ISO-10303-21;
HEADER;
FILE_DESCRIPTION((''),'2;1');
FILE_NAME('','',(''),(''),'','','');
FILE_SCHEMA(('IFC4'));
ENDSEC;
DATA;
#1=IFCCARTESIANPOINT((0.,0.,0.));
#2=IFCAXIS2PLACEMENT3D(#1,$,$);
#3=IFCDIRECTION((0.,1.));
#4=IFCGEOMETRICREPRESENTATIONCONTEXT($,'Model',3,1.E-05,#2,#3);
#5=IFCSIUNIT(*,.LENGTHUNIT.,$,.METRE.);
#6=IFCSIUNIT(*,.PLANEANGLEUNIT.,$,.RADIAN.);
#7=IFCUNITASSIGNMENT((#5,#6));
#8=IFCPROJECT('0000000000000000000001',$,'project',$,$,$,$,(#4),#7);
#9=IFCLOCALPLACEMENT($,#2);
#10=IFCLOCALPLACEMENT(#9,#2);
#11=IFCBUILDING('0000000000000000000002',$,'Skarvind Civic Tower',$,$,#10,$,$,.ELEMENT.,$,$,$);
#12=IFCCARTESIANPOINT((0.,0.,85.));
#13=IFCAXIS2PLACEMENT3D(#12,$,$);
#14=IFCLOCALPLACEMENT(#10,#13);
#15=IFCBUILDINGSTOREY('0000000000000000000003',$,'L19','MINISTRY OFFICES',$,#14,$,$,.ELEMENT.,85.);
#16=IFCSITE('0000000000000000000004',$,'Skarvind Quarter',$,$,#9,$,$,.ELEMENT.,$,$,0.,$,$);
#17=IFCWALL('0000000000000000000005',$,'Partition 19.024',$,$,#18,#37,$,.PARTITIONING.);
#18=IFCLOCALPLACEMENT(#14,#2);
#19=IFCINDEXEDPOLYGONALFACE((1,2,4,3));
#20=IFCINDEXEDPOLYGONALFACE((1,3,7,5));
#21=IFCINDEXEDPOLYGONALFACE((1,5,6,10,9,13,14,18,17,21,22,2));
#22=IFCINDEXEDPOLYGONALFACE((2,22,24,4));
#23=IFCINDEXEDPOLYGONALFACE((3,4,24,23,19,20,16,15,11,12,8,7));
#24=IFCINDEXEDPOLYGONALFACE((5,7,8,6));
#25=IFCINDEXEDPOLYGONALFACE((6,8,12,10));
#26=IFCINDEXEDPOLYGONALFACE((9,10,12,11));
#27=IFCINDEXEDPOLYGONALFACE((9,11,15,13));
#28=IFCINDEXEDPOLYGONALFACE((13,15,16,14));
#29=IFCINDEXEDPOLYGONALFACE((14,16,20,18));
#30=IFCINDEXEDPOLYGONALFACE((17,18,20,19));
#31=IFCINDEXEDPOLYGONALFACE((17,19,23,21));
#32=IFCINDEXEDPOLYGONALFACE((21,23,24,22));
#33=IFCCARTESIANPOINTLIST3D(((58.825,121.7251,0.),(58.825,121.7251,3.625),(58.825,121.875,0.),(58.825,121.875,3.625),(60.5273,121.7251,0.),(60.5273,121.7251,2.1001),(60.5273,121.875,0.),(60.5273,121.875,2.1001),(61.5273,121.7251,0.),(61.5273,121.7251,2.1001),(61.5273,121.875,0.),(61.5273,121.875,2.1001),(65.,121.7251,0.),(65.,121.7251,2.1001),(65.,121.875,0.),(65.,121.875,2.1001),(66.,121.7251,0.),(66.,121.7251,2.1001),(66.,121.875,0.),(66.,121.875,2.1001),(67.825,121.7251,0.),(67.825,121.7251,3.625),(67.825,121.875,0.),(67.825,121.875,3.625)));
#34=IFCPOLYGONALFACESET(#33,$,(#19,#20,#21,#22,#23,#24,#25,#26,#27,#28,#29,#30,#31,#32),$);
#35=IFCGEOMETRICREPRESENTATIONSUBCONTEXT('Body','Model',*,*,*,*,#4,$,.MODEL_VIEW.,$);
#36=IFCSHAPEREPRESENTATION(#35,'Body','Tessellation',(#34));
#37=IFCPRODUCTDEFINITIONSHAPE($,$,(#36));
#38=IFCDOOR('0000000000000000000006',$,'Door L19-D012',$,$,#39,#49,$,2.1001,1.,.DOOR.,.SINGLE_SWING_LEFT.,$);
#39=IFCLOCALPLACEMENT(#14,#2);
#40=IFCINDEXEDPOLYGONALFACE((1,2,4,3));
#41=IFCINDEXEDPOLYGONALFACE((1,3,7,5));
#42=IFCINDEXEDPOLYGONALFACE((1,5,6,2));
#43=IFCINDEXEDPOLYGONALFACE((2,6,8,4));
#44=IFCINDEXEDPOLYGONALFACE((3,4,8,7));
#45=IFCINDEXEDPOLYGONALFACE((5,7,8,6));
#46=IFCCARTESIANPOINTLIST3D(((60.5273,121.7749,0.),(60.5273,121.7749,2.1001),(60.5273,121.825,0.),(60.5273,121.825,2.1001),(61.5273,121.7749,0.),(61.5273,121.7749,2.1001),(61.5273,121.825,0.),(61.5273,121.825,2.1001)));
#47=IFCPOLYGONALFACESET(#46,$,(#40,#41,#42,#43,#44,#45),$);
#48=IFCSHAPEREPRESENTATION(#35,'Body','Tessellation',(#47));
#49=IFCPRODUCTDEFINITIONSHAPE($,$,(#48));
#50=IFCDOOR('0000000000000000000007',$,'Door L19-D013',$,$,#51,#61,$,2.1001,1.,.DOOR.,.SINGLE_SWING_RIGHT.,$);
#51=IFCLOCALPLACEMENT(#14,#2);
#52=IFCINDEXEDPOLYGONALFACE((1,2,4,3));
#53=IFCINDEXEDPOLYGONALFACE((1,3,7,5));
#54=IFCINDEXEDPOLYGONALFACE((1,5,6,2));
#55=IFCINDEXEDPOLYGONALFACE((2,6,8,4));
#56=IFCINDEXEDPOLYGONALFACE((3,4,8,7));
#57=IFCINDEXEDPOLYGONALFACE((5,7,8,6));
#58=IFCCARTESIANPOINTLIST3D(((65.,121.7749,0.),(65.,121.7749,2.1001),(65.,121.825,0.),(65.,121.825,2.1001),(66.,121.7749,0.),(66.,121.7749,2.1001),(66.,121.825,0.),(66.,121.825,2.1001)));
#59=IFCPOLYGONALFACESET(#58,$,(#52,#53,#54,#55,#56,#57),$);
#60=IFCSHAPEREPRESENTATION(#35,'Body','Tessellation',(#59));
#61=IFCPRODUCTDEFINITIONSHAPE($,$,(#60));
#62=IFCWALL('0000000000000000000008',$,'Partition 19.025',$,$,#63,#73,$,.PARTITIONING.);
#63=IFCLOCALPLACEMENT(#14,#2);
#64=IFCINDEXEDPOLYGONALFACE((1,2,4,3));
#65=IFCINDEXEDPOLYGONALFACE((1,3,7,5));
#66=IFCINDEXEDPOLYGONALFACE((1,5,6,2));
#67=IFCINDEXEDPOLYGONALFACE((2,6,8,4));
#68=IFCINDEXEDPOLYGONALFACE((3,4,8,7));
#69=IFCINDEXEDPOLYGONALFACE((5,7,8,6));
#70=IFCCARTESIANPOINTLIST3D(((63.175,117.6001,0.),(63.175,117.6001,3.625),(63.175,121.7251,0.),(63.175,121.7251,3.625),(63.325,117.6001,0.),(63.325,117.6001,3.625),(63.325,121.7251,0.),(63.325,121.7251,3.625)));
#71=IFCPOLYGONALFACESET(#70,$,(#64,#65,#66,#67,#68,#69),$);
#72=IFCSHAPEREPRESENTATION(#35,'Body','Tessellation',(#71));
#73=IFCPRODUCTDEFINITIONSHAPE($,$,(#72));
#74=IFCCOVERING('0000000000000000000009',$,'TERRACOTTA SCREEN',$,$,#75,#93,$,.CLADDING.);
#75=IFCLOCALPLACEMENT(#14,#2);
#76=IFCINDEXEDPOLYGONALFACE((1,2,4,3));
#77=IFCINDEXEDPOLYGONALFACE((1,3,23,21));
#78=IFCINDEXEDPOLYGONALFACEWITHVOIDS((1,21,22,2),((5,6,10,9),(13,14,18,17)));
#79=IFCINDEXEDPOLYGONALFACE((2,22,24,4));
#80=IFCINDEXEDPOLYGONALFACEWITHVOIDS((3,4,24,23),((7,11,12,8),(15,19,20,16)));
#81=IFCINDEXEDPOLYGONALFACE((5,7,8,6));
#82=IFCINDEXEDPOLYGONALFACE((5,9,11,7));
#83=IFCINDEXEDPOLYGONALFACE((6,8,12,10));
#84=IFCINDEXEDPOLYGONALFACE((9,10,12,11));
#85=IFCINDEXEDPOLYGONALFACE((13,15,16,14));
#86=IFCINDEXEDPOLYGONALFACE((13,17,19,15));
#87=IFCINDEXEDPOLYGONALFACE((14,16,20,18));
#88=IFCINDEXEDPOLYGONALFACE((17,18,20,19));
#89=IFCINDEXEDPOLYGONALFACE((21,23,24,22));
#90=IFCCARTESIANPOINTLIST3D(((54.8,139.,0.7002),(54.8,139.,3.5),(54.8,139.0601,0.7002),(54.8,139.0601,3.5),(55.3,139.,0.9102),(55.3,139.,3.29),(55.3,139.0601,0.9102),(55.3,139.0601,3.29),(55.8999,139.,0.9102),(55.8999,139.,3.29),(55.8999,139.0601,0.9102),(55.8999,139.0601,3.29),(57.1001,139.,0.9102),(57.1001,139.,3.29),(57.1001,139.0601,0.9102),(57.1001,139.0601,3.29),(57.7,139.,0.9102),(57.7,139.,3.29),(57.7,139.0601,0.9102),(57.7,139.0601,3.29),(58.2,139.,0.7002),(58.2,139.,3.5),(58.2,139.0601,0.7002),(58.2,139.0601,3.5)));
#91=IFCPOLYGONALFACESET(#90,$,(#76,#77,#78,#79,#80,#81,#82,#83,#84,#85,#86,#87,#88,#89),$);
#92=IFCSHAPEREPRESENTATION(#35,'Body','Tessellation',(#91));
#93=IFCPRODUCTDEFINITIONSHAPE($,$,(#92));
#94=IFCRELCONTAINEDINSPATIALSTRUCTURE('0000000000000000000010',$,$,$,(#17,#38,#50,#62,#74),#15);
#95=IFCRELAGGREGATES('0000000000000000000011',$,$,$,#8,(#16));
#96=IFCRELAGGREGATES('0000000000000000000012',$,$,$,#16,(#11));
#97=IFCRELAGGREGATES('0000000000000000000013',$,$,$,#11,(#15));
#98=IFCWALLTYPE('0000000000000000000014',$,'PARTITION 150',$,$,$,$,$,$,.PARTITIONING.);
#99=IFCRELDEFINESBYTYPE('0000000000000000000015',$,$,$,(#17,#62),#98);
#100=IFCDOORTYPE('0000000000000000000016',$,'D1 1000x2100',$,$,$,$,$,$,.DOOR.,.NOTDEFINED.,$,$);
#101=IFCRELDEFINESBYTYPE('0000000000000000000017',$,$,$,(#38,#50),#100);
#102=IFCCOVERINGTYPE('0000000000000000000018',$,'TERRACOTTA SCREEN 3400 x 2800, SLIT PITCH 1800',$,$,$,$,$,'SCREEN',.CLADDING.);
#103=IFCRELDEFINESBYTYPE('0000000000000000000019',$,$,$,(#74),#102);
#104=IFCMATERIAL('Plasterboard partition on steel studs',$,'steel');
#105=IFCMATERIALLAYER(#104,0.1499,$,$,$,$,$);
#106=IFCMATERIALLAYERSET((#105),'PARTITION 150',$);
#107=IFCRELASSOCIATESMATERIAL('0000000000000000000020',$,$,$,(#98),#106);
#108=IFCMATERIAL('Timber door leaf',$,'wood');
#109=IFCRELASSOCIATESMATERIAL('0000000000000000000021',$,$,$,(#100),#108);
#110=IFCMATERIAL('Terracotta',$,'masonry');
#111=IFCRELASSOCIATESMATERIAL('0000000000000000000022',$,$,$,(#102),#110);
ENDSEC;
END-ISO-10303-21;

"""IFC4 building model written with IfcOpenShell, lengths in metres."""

from ifc_helpers import new_model, si_unit, direction, frame, frame_2d, origin, place, context, subcontext, project, spatial, polyline, rectangle, outline, extrude, material, layer, layer_set, material_profile, profile_set, type_object, element, fill, save


model = new_model("IFC4")

# Units and contexts
model_context = context("Model", 3, precision=1e-05, world=origin(), true_north=direction((0.0, 1.0)))
body_context = subcontext(model_context, "Body", "Model", "MODEL_VIEW")
ifc_project = project(units=[si_unit("LENGTHUNIT", "METRE"), si_unit("PLANEANGLEUNIT", "RADIAN")], contexts=[model_context])

# Site, building, storey
site_placement = place(None, origin())
site = spatial("IfcSite", under=ifc_project, at=site_placement, Name="Skarvind Quarter", CompositionType="ELEMENT", RefElevation=0.0)
building_placement = place(site_placement, origin())
building = spatial("IfcBuilding", under=site, at=building_placement, Name="Skarvind Civic Tower", CompositionType="ELEMENT")
storey_placement = place(building_placement, frame((0.0, 0.0, 85.0)))
storey = spatial("IfcBuildingStorey", under=building, at=storey_placement, Name="L19", Description="MINISTRY OFFICES", CompositionType="ELEMENT", Elevation=85.0)

# Shared definitions
ifc_material_1 = material(Name="Plasterboard partition on steel studs", Category="steel")
ifc_layer_1 = layer(ifc_material_1, 0.1499)
ifc_layer_set_1 = layer_set([ifc_layer_1], Name="PARTITION 150")
wall_type_1 = type_object("IfcWallType", Name="PARTITION 150", PredefinedType="PARTITIONING", material=ifc_layer_set_1)

# Wall, openings, doors
wall_1_placement = place(storey_placement, frame((58.825, 121.8, 0.0), z_axis=(0.0, 0.0, 1.0), x_axis=(1.0, 0.0, 0.0)))
wall_1 = element("IfcWall", 1, at=wall_1_placement, inside=storey, type_object=wall_type_1, Name="Partition 19.024", PredefinedType="PARTITIONING", context=body_context, shape_type="SweptSolid", body=[
    extrude(rectangle(XDim=9.0, YDim=0.1499, at=frame_2d((4.5, 0.0))), origin(), (0.0, 0.0, 1.0), 3.625),
])
opening_1_placement = place(wall_1_placement, frame((1.7024, 0.0, 0.0)))
opening_1 = element("IfcOpeningElement", 2, at=opening_1_placement, cuts=wall_1, PredefinedType="OPENING", context=body_context, shape_type="SweptSolid", body=[
    extrude(rectangle(XDim=1.0, YDim=2.1001, at=frame_2d((0.5, 1.05))), frame((0.0, 0.085, 0.0), z_axis=(0.0, -1.0, 0.0), x_axis=(1.0, 0.0, 0.0)), (0.0, 0.0, 1.0), 0.1699),
])
opening_2_placement = place(wall_1_placement, frame((6.175, 0.0, 0.0)))
opening_2 = element("IfcOpeningElement", 3, at=opening_2_placement, cuts=wall_1, PredefinedType="OPENING", context=body_context, shape_type="SweptSolid", body=[
    extrude(rectangle(XDim=1.0, YDim=2.1001, at=frame_2d((0.5, 1.05))), frame((0.0, 0.085, 0.0), z_axis=(0.0, -1.0, 0.0), x_axis=(1.0, 0.0, 0.0)), (0.0, 0.0, 1.0), 0.1699),
])
ifc_material_2 = material(Name="Timber door leaf", Category="wood")
door_type_1 = type_object("IfcDoorType", Name="D1 1000x2100", OperationType="NOTDEFINED", PredefinedType="DOOR", material=ifc_material_2)
door_1_placement = place(opening_1_placement, origin())
door_1 = element("IfcDoor", 4, at=door_1_placement, inside=storey, type_object=door_type_1, Name="Door L19-D012", OperationType="SINGLE_SWING_LEFT", OverallHeight=2.1001, OverallWidth=1.0, PredefinedType="DOOR", context=body_context, shape_type="SweptSolid", body=[
    extrude(rectangle(XDim=1.0, YDim=2.1001, at=frame_2d((0.5, 1.05))), frame((0.0, 0.0249, 0.0), z_axis=(0.0, -1.0, 0.0), x_axis=(1.0, 0.0, 0.0)), (0.0, 0.0, 1.0), 0.05),
])
fill(opening_1, door_1)
door_2_placement = place(opening_2_placement, origin())
door_2 = element("IfcDoor", 5, at=door_2_placement, inside=storey, type_object=door_type_1, Name="Door L19-D013", OperationType="SINGLE_SWING_RIGHT", OverallHeight=2.1001, OverallWidth=1.0, PredefinedType="DOOR", context=body_context, shape_type="SweptSolid", body=[
    extrude(rectangle(XDim=1.0, YDim=2.1001, at=frame_2d((0.5, 1.05))), frame((0.0, 0.0249, 0.0), z_axis=(0.0, -1.0, 0.0), x_axis=(1.0, 0.0, 0.0)), (0.0, 0.0, 1.0), 0.05),
])
fill(opening_2, door_2)

# Wall
wall_2_placement = place(storey_placement, frame((63.25, 121.7251, 0.0), z_axis=(0.0, 0.0, 1.0), x_axis=(0.0, -1.0, 0.0)))
element("IfcWall", 6, at=wall_2_placement, inside=storey, type_object=wall_type_1, Name="Partition 19.025", PredefinedType="PARTITIONING", context=body_context, shape_type="SweptSolid", body=[
    extrude(rectangle(XDim=4.125, YDim=0.1499, at=frame_2d((2.0625, 0.0))), origin(), (0.0, 0.0, 1.0), 3.625),
])

# Covering
ifc_material_3 = material(Name="Terracotta", Category="masonry")
ifc_material_profile_1 = material_profile(ifc_material_3, outline(polyline([(-1.7, -1.3999), (1.7, -1.3999), (1.7, 1.3999), (-1.7, 1.3999), (-1.7, -1.3999)]), holes=[polyline([(-1.2, -1.1899), (-0.6001, -1.1899), (-0.6001, 1.1899), (-1.2, 1.1899), (-1.2, -1.1899)]), polyline([(0.6001, -1.1899), (1.2, -1.1899), (1.2, 1.1899), (0.6001, 1.1899), (0.6001, -1.1899)])]), Name="TERRACOTTA SCREEN 3400 x 2800, SLIT PITCH 1800")
ifc_profile_set_1 = profile_set([ifc_material_profile_1], Name="Terracotta")
covering_type = type_object("IfcCoveringType", Name="TERRACOTTA SCREEN 3400 x 2800, SLIT PITCH 1800", ElementType="SCREEN", PredefinedType="CLADDING", material=ifc_profile_set_1)
covering_placement = place(storey_placement, frame((56.5, 139.0, 2.1001), z_axis=(0.0, 1.0, 0.0), x_axis=(-1.0, 0.0, 0.0)))
element("IfcCovering", 7, at=covering_placement, inside=storey, type_object=covering_type, Name="TERRACOTTA SCREEN", PredefinedType="CLADDING", context=body_context, shape_type="SweptSolid", body=[
    extrude(outline(polyline([(-1.7, -1.3999), (1.7, -1.3999), (1.7, 1.3999), (-1.7, 1.3999), (-1.7, -1.3999)]), holes=[polyline([(-1.2, -1.1899), (-0.6001, -1.1899), (-0.6001, 1.1899), (-1.2, 1.1899), (-1.2, -1.1899)]), polyline([(0.6001, -1.1899), (1.2, -1.1899), (1.2, 1.1899), (0.6001, 1.1899), (0.6001, -1.1899)])]), origin(), (0.0, 0.0, 1.0), 0.0601),
])

save(model, "model.ifc")
